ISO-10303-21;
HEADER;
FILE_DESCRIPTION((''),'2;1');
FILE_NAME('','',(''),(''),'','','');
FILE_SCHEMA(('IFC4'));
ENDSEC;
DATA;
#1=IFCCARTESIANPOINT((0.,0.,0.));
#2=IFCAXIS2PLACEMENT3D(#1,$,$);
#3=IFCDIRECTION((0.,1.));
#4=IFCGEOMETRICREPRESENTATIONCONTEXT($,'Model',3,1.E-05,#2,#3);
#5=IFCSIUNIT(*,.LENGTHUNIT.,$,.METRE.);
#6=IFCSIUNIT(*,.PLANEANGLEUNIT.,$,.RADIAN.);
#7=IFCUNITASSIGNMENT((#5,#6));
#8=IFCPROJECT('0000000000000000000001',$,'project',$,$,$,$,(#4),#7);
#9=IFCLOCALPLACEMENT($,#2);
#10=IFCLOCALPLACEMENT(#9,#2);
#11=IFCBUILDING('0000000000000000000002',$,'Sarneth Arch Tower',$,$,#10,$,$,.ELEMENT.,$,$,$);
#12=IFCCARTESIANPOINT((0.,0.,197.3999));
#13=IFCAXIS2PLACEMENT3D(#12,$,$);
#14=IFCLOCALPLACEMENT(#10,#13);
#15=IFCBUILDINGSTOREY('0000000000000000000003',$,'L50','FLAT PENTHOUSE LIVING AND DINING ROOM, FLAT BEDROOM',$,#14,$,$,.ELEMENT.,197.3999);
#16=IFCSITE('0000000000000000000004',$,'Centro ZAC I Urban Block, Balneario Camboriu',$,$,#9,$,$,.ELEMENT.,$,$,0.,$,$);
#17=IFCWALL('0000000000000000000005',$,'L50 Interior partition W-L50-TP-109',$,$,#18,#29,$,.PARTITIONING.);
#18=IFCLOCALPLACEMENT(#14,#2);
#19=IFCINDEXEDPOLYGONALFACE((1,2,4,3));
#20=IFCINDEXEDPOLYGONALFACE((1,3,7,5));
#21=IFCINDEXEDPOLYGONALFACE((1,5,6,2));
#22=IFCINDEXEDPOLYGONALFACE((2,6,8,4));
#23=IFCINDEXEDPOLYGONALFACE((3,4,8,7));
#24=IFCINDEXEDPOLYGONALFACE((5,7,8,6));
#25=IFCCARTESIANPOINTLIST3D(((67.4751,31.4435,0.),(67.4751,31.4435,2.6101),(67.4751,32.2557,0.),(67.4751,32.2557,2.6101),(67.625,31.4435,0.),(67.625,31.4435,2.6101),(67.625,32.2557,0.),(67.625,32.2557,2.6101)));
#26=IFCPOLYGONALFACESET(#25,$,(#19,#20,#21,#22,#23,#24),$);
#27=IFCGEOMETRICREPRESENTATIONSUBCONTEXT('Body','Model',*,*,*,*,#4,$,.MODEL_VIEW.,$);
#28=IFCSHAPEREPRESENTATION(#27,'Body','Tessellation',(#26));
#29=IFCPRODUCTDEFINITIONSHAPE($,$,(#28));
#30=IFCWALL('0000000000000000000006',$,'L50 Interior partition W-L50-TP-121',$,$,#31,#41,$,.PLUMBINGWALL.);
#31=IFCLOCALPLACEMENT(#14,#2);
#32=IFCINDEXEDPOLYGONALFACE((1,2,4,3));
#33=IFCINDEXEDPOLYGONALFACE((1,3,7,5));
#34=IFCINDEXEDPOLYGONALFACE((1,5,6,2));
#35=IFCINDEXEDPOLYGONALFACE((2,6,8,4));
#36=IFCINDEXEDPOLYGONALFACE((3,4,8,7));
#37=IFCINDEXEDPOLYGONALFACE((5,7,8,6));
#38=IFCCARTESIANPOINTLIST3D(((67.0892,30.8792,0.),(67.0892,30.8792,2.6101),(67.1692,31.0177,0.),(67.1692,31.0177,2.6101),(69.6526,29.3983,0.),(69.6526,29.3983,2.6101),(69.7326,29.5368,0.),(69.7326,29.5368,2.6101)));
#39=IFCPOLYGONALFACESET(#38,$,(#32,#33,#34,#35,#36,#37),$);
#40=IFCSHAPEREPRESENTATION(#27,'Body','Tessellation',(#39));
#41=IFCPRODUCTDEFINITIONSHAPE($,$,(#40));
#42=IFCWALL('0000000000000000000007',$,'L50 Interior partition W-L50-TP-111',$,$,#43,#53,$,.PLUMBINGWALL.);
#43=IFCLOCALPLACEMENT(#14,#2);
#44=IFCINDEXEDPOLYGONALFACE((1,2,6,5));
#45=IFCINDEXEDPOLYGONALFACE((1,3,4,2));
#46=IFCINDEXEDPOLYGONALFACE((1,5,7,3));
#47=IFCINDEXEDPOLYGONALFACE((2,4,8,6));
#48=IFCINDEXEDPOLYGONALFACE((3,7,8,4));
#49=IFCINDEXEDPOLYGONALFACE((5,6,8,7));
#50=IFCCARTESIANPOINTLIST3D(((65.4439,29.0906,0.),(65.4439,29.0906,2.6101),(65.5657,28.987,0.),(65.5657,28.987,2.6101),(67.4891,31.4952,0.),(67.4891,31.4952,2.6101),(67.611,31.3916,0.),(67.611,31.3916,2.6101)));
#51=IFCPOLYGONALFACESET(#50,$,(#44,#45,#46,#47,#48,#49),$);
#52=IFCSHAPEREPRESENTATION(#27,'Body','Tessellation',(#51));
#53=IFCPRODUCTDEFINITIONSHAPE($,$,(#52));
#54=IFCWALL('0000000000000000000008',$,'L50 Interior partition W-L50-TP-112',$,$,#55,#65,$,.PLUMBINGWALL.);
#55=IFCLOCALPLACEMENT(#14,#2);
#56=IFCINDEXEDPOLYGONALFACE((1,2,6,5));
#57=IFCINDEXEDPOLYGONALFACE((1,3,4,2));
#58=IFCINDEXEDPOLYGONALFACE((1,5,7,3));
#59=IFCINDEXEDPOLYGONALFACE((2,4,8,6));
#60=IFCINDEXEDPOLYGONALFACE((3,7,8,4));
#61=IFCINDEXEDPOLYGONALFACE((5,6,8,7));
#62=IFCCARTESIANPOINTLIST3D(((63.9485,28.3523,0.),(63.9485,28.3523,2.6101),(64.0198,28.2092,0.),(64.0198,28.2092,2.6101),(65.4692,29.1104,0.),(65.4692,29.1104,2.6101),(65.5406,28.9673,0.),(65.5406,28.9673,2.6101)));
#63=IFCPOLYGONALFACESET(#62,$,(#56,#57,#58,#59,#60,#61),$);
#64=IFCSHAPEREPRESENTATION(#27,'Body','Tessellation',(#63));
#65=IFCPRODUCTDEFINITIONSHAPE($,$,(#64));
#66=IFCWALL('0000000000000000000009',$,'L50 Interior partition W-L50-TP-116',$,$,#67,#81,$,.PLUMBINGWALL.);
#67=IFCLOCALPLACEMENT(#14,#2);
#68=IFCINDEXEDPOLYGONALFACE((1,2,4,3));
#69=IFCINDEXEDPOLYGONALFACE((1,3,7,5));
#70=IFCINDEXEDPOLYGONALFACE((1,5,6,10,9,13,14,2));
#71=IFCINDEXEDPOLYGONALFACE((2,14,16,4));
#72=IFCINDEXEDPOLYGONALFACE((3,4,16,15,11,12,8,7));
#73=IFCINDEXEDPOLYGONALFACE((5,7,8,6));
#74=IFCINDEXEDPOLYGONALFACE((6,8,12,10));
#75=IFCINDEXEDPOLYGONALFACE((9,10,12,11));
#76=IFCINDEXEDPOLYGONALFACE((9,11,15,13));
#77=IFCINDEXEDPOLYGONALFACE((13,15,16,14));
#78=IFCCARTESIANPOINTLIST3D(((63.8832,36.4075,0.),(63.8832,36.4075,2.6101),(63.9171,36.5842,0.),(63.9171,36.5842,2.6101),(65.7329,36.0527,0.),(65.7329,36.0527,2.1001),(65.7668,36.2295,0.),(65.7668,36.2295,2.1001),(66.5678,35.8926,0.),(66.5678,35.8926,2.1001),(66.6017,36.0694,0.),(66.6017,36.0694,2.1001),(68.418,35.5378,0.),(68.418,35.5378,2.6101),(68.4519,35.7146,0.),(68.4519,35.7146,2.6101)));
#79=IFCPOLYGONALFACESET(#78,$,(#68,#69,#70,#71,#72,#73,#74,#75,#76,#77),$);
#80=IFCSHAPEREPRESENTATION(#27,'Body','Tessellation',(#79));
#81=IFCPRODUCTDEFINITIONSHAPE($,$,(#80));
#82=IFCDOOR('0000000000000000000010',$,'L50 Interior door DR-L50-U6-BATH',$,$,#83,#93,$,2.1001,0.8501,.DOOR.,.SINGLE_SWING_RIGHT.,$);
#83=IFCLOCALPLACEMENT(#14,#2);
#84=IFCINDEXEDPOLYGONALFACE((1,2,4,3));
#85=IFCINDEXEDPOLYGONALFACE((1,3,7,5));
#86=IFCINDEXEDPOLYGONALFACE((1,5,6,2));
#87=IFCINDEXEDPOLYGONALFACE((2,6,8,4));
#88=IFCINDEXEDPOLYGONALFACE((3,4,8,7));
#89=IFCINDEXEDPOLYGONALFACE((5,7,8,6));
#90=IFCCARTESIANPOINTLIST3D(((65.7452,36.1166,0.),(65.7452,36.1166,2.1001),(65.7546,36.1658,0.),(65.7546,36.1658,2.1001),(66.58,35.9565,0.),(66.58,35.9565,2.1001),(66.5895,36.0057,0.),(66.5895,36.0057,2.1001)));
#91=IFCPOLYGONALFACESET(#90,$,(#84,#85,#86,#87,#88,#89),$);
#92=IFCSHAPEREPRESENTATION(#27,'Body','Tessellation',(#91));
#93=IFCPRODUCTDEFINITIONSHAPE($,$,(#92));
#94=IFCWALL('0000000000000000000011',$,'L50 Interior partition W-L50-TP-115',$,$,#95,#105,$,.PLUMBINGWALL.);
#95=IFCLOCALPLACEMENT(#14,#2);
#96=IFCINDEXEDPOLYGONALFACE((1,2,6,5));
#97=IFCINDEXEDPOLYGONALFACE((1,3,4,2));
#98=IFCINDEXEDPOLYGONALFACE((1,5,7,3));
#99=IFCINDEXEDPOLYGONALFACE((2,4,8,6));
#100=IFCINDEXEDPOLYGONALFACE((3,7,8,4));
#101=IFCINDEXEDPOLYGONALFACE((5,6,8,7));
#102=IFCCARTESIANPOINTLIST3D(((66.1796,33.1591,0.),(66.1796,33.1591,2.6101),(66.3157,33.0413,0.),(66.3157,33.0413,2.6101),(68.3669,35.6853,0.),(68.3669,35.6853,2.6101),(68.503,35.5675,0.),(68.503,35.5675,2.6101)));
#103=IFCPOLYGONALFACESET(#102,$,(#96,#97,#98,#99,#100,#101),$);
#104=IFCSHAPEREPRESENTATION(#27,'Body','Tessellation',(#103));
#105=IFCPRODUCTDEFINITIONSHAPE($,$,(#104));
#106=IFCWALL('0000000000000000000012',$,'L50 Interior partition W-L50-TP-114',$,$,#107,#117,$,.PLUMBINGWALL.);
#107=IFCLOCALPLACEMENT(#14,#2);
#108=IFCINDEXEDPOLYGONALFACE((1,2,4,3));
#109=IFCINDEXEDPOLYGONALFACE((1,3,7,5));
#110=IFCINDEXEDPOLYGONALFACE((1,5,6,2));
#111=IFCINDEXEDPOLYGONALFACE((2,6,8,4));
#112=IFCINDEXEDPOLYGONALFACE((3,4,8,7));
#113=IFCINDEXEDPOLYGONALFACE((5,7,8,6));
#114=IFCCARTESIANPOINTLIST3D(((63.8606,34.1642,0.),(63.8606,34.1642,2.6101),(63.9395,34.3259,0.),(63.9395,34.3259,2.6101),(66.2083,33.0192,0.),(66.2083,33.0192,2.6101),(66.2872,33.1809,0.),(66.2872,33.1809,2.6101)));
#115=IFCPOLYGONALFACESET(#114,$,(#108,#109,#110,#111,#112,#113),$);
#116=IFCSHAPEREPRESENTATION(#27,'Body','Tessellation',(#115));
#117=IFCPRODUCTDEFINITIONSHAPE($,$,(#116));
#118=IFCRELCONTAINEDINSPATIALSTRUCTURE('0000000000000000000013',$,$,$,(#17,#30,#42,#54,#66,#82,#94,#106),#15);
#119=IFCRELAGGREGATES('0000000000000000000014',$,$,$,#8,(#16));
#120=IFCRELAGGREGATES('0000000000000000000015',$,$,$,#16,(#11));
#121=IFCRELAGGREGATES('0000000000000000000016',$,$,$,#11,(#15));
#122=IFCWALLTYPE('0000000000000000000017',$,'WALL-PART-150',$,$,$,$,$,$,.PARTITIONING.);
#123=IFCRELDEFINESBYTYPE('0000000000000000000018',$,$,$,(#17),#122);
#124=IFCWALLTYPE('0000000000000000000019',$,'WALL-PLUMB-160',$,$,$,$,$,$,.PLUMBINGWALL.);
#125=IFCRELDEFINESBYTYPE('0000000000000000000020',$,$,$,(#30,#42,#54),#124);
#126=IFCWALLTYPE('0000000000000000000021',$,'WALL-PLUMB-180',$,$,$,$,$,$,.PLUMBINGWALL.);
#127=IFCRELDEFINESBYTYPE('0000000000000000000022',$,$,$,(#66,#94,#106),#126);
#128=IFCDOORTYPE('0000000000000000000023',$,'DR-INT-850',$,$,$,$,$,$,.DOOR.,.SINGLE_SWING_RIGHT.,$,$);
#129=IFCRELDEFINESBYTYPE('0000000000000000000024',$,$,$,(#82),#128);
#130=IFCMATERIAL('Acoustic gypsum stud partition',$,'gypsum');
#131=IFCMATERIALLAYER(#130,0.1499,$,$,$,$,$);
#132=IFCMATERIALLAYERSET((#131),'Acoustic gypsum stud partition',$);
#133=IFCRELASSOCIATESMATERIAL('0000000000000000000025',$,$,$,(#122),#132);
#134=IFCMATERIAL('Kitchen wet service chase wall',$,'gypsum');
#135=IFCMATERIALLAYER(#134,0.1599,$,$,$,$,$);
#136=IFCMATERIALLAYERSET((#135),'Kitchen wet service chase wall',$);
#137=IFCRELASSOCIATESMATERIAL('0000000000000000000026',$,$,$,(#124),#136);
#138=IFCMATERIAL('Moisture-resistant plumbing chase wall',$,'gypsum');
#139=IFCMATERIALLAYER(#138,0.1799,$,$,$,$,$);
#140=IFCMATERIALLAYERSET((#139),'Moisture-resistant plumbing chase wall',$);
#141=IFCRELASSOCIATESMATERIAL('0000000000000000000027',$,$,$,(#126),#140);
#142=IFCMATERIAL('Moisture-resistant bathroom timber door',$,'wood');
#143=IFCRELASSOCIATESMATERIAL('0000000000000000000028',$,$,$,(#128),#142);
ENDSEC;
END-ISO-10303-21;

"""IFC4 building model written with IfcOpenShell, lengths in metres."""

from ifc_helpers import new_model, si_unit, direction, frame, frame_2d, origin, place, context, subcontext, project, spatial, rectangle, extrude, material, layer, layer_set, type_object, element, fill, save


model = new_model("IFC4")

# Units and contexts
model_context = context("Model", 3, precision=1e-05, world=origin(), true_north=direction((0.0, 1.0)))
body_context = subcontext(model_context, "Body", "Model", "MODEL_VIEW")
ifc_project = project(units=[si_unit("LENGTHUNIT", "METRE"), si_unit("PLANEANGLEUNIT", "RADIAN")], contexts=[model_context])

# Site, building, storey
site_placement = place(None, origin())
site = spatial("IfcSite", under=ifc_project, at=site_placement, Name="Centro ZAC I Urban Block, Balneario Camboriu", CompositionType="ELEMENT", RefElevation=0.0)
building_placement = place(site_placement, origin())
building = spatial("IfcBuilding", under=site, at=building_placement, Name="Sarneth Arch Tower", CompositionType="ELEMENT")
storey_placement = place(building_placement, frame((0.0, 0.0, 197.3999)))
storey = spatial("IfcBuildingStorey", under=building, at=storey_placement, Name="L50", Description="FLAT PENTHOUSE LIVING AND DINING ROOM, FLAT BEDROOM", CompositionType="ELEMENT", Elevation=197.3999)

# Shared definitions
ifc_material_1 = material(Name="Acoustic gypsum stud partition", Category="gypsum")
ifc_layer_1 = layer(ifc_material_1, 0.1499)
ifc_layer_set_1 = layer_set([ifc_layer_1], Name="Acoustic gypsum stud partition")
wall_type_1 = type_object("IfcWallType", Name="WALL-PART-150", PredefinedType="PARTITIONING", material=ifc_layer_set_1)

# Walls
wall_1_placement = place(storey_placement, frame((67.55, 31.4434, 0.0), z_axis=(0.0, 0.0, 1.0), x_axis=(0.0, 1.0, 0.0)))
element("IfcWall", 1, at=wall_1_placement, inside=storey, type_object=wall_type_1, Name="L50 Interior partition W-L50-TP-109", PredefinedType="PARTITIONING", context=body_context, shape_type="SweptSolid", body=[
    extrude(rectangle(XDim=0.8123, YDim=0.1499, at=frame_2d((0.4062, 0.0))), origin(), (0.0, 0.0, 1.0), 2.6101),
])
ifc_material_2 = material(Name="Kitchen wet service chase wall", Category="gypsum")
ifc_layer_2 = layer(ifc_material_2, 0.1599)
ifc_layer_set_2 = layer_set([ifc_layer_2], Name="Kitchen wet service chase wall")
wall_type_2 = type_object("IfcWallType", Name="WALL-PLUMB-160", PredefinedType="PLUMBINGWALL", material=ifc_layer_set_2)
wall_2_placement = place(storey_placement, frame((69.6926, 29.4675, 0.0), z_axis=(0.0, 0.0, 1.0), x_axis=(-0.865889, 0.500236, 0.0)))
element("IfcWall", 2, at=wall_2_placement, inside=storey, type_object=wall_type_2, Name="L50 Interior partition W-L50-TP-121", PredefinedType="PLUMBINGWALL", context=body_context, shape_type="SweptSolid", body=[
    extrude(rectangle(XDim=2.9604, YDim=0.1599, at=frame_2d((1.4802, 0.0))), origin(), (0.0, 0.0, 1.0), 2.6101),
])
wall_3_placement = place(storey_placement, frame((67.55, 31.4434, 0.0), z_axis=(0.0, 0.0, 1.0), x_axis=(-0.647889, -0.761735, 0.0)))
element("IfcWall", 3, at=wall_3_placement, inside=storey, type_object=wall_type_2, Name="L50 Interior partition W-L50-TP-111", PredefinedType="PLUMBINGWALL", context=body_context, shape_type="SweptSolid", body=[
    extrude(rectangle(XDim=3.1567, YDim=0.1599, at=frame_2d((1.5784, 0.0))), origin(), (0.0, 0.0, 1.0), 2.6101),
])
wall_4_placement = place(storey_placement, frame((65.5049, 29.0388, 0.0), z_axis=(0.0, 0.0, 1.0), x_axis=(-0.894973, -0.446121, 0.0)))
element("IfcWall", 4, at=wall_4_placement, inside=storey, type_object=wall_type_2, Name="L50 Interior partition W-L50-TP-112", PredefinedType="PLUMBINGWALL", context=body_context, shape_type="SweptSolid", body=[
    extrude(rectangle(XDim=1.6992, YDim=0.1599, at=frame_2d((0.8496, 0.0))), origin(), (0.0, 0.0, 1.0), 2.6101),
])

# Wall, opening, door
ifc_material_3 = material(Name="Moisture-resistant plumbing chase wall", Category="gypsum")
ifc_layer_3 = layer(ifc_material_3, 0.1799)
ifc_layer_set_3 = layer_set([ifc_layer_3], Name="Moisture-resistant plumbing chase wall")
wall_type_3 = type_object("IfcWallType", Name="WALL-PLUMB-180", PredefinedType="PLUMBINGWALL", material=ifc_layer_set_3)
wall_5_placement = place(storey_placement, frame((68.4348, 35.6262, 0.0), z_axis=(0.0, 0.0, 1.0), x_axis=(-0.982105, 0.188332, 0.0)))
wall_5 = element("IfcWall", 5, at=wall_5_placement, inside=storey, type_object=wall_type_3, Name="L50 Interior partition W-L50-TP-116", PredefinedType="PLUMBINGWALL", context=body_context, shape_type="SweptSolid", body=[
    extrude(rectangle(XDim=4.6174, YDim=0.1799, at=frame_2d((2.3086, 0.0))), origin(), (0.0, 0.0, 1.0), 2.6101),
])
opening_1_placement = place(wall_5_placement, frame((1.8838, 0.0, 0.0)))
opening_1 = element("IfcOpeningElement", 6, at=opening_1_placement, cuts=wall_5, PredefinedType="OPENING", context=body_context, shape_type="SweptSolid", body=[
    extrude(rectangle(XDim=0.8501, YDim=2.1001, at=frame_2d((0.425, 1.05))), frame((0.0, 0.0999, 0.0), z_axis=(0.0, -1.0, 0.0), x_axis=(1.0, 0.0, 0.0)), (0.0, 0.0, 1.0), 0.2),
])
ifc_material_4 = material(Name="Moisture-resistant bathroom timber door", Category="wood")
door_type_1 = type_object("IfcDoorType", Name="DR-INT-850", OperationType="SINGLE_SWING_RIGHT", PredefinedType="DOOR", material=ifc_material_4)
door_1_placement = place(opening_1_placement, origin())
door_1 = element("IfcDoor", 7, at=door_1_placement, inside=storey, type_object=door_type_1, Name="L50 Interior door DR-L50-U6-BATH", OperationType="SINGLE_SWING_RIGHT", OverallHeight=2.1001, OverallWidth=0.8501, PredefinedType="DOOR", context=body_context, shape_type="SweptSolid", body=[
    extrude(rectangle(XDim=0.8501, YDim=2.1001, at=frame_2d((0.425, 1.05))), frame((0.0, 0.0249, 0.0), z_axis=(0.0, -1.0, 0.0), x_axis=(1.0, 0.0, 0.0)), (0.0, 0.0, 1.0), 0.05),
])
fill(opening_1, door_1)

# Walls
wall_6_placement = place(storey_placement, frame((66.2476, 33.1001, 0.0), z_axis=(0.0, 0.0, 1.0), x_axis=(0.65458, 0.755993, 0.0)))
element("IfcWall", 8, at=wall_6_placement, inside=storey, type_object=wall_type_3, Name="L50 Interior partition W-L50-TP-115", PredefinedType="PLUMBINGWALL", context=body_context, shape_type="SweptSolid", body=[
    extrude(rectangle(XDim=3.3416, YDim=0.1799, at=frame_2d((1.6709, 0.0))), origin(), (0.0, 0.0, 1.0), 2.6101),
])
wall_7_placement = place(storey_placement, frame((63.8999, 34.2451, 0.0), z_axis=(0.0, 0.0, 1.0), x_axis=(0.898795, -0.438368, 0.0)))
element("IfcWall", 9, at=wall_7_placement, inside=storey, type_object=wall_type_3, Name="L50 Interior partition W-L50-TP-114", PredefinedType="PLUMBINGWALL", context=body_context, shape_type="SweptSolid", body=[
    extrude(rectangle(XDim=2.6121, YDim=0.1799, at=frame_2d((1.3062, 0.0))), origin(), (0.0, 0.0, 1.0), 2.6101),
])

save(model, "model.ifc")
